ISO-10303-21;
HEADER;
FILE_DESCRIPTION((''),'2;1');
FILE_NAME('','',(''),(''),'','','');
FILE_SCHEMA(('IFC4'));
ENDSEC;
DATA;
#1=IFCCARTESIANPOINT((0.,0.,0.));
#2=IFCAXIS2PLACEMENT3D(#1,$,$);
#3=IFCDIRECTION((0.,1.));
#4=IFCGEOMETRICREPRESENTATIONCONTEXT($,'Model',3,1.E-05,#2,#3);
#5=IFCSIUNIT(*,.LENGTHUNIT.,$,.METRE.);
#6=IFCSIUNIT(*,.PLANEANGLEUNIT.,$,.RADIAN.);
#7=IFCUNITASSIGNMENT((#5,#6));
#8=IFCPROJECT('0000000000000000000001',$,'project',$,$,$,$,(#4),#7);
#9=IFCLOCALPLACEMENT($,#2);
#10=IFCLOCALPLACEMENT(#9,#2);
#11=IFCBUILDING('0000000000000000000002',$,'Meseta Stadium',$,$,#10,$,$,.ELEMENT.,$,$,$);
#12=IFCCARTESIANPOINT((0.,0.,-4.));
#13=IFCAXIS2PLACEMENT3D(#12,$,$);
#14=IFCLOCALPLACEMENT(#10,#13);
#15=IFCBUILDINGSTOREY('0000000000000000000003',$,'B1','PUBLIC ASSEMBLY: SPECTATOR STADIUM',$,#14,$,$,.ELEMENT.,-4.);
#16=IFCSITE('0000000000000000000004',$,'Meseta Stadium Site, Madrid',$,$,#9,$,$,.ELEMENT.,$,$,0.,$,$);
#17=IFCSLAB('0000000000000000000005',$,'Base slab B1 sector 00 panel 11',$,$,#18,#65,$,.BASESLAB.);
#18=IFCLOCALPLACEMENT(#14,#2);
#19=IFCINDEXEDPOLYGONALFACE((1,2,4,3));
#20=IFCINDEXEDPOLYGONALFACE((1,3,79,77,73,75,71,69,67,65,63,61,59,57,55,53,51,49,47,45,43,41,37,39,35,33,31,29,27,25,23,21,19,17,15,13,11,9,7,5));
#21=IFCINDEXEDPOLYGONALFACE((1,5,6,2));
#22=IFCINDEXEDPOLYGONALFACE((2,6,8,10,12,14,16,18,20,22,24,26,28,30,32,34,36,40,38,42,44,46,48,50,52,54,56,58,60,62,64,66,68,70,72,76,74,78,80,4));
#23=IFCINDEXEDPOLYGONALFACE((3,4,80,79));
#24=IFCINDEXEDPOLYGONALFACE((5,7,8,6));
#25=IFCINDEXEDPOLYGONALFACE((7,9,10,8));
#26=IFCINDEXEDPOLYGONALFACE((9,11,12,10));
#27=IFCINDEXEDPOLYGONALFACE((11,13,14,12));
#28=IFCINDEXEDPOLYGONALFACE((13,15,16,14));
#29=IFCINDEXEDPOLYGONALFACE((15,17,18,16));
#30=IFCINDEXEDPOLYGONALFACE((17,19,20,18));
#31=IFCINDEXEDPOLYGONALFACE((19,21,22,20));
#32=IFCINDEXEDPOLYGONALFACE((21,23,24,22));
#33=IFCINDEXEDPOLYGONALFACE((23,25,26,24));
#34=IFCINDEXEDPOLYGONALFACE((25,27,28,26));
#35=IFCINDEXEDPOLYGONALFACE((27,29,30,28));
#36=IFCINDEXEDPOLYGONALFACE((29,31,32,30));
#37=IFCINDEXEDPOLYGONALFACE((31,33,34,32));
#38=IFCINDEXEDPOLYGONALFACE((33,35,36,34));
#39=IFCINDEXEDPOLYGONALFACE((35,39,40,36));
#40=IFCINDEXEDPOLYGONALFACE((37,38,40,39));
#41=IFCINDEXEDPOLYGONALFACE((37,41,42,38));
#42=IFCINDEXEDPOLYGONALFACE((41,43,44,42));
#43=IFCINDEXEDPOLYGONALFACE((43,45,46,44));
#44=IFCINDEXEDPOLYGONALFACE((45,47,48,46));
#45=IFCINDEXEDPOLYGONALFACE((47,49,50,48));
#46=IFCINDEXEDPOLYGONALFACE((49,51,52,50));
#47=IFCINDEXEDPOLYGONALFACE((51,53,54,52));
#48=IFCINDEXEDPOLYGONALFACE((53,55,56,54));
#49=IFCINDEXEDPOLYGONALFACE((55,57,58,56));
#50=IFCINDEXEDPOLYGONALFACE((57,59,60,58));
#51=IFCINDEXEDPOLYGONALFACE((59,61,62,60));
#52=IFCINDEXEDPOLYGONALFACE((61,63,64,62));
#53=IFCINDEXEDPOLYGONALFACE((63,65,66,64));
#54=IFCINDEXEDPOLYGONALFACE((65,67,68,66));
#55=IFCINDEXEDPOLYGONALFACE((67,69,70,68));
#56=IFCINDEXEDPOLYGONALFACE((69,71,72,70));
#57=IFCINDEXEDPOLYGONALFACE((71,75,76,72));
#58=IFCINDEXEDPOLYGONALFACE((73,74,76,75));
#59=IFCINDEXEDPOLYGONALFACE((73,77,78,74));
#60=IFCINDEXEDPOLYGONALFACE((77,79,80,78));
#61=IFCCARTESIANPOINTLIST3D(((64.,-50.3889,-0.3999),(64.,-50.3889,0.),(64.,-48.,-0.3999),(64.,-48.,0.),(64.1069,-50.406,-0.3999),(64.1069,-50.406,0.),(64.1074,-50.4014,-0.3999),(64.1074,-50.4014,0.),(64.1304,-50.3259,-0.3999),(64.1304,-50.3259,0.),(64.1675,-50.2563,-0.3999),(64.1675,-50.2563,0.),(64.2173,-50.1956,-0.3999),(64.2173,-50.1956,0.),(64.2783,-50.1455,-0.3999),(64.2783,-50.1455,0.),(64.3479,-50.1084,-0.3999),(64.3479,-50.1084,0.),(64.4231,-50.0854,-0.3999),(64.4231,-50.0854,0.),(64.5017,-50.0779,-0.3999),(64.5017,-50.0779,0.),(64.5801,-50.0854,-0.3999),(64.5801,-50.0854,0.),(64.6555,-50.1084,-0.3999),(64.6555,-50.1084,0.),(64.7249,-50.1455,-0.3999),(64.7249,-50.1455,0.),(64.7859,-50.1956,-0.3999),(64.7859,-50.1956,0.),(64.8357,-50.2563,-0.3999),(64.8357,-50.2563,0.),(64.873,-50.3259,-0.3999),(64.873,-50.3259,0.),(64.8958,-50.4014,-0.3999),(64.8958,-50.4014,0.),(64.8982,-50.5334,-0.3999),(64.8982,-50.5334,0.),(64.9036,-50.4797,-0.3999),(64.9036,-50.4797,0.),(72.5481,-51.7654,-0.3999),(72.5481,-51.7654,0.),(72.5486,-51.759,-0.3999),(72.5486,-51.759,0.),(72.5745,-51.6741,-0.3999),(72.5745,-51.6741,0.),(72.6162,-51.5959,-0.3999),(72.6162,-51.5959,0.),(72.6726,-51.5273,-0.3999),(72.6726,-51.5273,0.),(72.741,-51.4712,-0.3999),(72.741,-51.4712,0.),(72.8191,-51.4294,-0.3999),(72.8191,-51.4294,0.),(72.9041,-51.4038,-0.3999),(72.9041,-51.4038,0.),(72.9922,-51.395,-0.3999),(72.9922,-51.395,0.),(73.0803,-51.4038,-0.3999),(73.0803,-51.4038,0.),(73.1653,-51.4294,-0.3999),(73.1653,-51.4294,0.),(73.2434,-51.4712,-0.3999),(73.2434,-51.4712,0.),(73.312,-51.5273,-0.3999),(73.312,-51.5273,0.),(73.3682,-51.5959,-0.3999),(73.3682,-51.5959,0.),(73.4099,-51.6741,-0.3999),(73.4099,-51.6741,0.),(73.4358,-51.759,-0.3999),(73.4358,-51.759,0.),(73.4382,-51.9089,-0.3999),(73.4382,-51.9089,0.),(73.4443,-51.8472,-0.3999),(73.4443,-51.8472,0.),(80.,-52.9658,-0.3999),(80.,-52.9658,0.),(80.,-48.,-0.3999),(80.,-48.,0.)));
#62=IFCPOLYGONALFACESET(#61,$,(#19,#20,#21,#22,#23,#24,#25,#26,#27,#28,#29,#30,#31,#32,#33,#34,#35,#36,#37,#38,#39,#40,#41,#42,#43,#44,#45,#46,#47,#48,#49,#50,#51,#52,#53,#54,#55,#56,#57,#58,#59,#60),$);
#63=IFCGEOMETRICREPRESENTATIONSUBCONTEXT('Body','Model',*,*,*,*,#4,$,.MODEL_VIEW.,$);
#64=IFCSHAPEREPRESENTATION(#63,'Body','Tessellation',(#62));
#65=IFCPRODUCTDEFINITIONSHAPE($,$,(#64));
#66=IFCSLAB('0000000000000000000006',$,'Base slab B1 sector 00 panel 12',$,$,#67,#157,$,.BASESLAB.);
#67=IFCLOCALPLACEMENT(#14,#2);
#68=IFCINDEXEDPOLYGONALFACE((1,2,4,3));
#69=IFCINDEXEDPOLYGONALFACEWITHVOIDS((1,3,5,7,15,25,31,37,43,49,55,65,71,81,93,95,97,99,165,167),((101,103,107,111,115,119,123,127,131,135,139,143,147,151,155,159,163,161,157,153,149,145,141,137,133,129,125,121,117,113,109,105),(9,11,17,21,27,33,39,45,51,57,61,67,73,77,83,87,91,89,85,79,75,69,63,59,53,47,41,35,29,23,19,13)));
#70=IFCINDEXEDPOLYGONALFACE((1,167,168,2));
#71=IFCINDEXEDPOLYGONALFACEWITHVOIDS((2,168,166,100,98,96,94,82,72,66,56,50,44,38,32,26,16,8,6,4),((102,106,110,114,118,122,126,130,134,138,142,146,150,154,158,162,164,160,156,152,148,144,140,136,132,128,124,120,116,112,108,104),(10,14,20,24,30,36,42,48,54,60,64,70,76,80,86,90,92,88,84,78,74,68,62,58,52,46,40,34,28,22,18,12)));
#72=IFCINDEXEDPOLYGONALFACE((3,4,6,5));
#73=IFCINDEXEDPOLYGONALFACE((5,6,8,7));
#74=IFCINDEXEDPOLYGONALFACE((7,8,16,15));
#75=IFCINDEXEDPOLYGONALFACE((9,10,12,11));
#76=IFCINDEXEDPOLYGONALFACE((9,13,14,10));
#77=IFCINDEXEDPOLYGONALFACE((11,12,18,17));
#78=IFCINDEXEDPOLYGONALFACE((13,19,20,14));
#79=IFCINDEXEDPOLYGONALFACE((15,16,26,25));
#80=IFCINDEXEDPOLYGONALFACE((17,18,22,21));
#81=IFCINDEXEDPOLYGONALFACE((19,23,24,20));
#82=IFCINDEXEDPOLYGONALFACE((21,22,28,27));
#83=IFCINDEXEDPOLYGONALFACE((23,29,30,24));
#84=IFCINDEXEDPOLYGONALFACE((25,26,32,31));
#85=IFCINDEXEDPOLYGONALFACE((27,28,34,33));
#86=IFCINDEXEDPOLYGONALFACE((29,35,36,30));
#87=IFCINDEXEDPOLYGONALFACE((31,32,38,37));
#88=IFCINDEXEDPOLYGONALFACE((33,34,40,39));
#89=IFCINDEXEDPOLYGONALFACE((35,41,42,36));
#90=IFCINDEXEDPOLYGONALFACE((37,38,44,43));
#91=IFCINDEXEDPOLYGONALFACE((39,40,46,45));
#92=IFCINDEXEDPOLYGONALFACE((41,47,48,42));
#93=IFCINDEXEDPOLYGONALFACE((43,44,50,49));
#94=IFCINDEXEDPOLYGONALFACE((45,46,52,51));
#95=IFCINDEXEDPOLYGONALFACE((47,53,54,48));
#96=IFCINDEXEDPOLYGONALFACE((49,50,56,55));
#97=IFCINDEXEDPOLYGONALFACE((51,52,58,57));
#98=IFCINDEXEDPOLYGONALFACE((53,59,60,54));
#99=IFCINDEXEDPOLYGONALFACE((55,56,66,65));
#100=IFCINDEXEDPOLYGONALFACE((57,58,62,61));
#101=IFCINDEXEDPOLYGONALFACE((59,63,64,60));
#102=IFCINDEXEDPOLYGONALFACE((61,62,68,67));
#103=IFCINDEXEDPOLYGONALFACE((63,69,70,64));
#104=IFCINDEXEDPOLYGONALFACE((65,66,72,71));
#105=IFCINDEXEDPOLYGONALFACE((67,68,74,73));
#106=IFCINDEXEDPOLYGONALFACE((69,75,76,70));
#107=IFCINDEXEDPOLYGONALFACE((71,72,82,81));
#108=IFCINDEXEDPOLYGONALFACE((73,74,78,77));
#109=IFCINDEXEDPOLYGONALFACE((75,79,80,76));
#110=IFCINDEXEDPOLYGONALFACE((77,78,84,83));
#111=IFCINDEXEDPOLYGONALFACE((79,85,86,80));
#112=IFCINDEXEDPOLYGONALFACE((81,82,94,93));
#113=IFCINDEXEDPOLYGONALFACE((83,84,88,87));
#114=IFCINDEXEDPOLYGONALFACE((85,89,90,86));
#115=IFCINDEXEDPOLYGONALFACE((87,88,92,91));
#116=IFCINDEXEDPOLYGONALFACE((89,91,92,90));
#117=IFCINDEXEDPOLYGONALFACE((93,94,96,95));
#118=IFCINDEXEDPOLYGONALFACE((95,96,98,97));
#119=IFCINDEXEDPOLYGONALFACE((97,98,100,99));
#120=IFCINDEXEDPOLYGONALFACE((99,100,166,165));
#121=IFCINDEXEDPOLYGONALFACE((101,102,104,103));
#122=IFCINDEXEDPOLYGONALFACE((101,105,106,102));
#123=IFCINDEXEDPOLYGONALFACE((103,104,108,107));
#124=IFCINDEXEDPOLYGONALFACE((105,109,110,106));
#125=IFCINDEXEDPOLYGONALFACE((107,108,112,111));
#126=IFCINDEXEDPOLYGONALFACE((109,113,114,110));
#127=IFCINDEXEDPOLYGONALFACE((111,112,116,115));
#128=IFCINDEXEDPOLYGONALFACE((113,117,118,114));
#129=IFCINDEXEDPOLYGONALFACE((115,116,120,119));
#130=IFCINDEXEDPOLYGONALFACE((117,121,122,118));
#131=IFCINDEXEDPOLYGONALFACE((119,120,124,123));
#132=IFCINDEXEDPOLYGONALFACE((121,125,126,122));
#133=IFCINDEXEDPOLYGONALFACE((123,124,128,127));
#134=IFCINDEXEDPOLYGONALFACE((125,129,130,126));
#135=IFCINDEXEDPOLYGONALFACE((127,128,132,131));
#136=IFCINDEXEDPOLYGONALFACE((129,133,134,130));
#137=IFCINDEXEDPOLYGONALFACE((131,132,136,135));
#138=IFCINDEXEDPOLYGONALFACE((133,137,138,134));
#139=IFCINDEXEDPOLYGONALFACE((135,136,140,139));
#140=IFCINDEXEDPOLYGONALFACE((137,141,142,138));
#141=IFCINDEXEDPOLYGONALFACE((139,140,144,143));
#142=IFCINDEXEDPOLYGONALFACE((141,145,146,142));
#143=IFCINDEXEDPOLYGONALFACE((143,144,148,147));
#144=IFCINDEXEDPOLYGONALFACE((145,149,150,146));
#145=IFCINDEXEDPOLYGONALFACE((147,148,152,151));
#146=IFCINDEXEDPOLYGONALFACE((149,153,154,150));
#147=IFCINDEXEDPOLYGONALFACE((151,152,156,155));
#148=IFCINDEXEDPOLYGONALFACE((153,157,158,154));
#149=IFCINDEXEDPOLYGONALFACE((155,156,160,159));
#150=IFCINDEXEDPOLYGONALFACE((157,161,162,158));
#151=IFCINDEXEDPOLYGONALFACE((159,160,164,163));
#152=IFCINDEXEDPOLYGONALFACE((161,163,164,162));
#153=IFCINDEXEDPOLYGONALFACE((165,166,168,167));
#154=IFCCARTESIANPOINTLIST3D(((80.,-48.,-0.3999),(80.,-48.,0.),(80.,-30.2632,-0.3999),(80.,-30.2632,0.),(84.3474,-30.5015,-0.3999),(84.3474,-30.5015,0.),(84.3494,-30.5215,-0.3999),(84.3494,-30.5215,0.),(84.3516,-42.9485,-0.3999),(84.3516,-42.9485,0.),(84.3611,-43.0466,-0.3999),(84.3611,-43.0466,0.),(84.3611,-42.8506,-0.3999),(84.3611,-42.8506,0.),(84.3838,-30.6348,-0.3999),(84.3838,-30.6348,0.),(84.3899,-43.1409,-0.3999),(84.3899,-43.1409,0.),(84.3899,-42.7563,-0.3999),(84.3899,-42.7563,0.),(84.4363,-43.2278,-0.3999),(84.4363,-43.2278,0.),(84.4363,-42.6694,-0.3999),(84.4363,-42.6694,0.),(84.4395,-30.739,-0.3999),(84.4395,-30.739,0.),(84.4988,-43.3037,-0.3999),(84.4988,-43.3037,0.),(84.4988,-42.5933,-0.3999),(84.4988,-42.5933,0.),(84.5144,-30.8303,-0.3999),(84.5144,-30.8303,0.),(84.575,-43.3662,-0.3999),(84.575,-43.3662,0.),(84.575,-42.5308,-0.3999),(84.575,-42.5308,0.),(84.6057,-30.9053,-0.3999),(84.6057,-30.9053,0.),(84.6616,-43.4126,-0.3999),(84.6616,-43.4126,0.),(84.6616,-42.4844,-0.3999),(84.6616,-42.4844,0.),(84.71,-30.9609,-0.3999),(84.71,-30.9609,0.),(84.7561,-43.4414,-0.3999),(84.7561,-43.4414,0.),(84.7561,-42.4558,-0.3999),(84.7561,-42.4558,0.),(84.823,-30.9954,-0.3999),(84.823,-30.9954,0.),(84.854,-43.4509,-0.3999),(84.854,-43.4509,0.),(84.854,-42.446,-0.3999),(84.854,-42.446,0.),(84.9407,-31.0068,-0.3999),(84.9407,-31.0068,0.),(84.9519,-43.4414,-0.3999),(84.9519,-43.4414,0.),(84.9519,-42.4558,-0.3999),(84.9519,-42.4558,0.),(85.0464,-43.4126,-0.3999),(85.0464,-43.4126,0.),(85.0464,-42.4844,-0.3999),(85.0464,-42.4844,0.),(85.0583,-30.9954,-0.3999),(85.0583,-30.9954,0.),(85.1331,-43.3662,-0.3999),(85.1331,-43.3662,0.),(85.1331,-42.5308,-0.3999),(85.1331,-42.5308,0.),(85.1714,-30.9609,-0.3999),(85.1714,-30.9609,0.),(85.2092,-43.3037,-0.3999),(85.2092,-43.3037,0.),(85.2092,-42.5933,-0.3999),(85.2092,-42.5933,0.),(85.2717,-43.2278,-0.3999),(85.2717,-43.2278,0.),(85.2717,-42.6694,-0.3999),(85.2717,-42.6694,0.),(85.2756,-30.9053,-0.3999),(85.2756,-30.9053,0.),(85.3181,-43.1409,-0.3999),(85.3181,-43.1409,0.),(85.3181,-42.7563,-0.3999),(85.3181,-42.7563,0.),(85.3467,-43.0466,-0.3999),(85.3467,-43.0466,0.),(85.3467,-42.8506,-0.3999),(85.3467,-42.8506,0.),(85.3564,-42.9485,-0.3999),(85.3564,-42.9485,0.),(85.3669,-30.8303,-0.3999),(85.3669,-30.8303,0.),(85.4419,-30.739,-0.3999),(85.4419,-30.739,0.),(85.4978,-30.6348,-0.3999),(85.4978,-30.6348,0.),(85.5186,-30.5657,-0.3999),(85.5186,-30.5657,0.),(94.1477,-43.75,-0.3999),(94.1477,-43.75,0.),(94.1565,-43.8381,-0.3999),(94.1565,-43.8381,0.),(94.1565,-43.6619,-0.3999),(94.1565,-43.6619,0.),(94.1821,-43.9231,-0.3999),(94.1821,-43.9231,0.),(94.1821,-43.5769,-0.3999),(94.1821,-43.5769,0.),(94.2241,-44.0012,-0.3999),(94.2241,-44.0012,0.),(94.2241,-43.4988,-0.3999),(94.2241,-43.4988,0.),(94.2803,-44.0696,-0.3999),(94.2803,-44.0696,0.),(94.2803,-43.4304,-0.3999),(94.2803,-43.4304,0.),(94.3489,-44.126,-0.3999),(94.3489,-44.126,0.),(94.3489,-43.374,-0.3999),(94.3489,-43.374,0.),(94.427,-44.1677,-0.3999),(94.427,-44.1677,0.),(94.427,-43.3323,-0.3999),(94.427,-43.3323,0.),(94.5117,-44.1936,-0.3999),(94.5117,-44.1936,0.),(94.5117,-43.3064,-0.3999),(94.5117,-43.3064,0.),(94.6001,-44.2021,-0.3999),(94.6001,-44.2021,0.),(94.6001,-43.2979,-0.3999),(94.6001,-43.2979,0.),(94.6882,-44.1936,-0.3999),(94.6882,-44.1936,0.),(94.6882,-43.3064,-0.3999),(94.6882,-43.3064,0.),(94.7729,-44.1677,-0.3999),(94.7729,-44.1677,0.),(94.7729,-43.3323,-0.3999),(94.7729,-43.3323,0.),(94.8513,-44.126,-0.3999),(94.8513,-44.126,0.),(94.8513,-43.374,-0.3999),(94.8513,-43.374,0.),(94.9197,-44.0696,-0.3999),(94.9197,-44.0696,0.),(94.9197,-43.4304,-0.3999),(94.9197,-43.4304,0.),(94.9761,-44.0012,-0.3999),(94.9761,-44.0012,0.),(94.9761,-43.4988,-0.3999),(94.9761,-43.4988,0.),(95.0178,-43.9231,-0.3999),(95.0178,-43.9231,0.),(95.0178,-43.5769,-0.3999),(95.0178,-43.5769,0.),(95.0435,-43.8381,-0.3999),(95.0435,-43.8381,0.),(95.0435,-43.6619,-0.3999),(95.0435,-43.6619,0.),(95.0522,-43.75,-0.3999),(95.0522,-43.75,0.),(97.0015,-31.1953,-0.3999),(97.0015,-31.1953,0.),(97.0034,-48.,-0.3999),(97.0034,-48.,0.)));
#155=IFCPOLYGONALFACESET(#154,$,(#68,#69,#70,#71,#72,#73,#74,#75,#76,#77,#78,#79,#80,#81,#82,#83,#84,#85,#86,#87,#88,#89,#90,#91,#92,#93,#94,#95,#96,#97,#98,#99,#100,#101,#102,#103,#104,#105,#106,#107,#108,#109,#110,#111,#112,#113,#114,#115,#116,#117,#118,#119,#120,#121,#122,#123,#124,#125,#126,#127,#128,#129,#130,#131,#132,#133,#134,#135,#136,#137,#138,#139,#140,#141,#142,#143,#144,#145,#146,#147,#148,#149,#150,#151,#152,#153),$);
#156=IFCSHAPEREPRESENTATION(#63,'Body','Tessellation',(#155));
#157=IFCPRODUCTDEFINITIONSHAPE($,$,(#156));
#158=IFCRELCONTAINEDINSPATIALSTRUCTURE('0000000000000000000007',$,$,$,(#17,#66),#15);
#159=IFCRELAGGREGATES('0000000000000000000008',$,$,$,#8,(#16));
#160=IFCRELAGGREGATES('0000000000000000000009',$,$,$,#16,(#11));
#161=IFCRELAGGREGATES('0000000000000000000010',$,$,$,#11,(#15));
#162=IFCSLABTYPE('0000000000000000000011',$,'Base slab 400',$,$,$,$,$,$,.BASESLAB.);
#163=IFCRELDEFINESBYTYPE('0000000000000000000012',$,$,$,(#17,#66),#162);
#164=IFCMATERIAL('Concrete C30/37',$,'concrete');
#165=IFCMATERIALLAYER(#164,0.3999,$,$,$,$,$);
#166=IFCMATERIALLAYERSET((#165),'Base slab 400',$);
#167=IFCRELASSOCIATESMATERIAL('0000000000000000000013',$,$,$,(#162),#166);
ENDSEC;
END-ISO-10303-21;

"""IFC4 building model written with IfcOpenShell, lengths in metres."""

from ifc_helpers import new_model, si_unit, direction, frame, origin, place, context, subcontext, project, spatial, polyline, outline, extrude, material, layer, layer_set, type_object, element, save


model = new_model("IFC4")

# Units and contexts
model_context = context("Model", 3, precision=1e-05, world=origin(), true_north=direction((0.0, 1.0)))
body_context = subcontext(model_context, "Body", "Model", "MODEL_VIEW")
ifc_project = project(units=[si_unit("LENGTHUNIT", "METRE"), si_unit("PLANEANGLEUNIT", "RADIAN")], contexts=[model_context])

# Site, building, storey
site_placement = place(None, origin())
site = spatial("IfcSite", under=ifc_project, at=site_placement, Name="Meseta Stadium Site, Madrid", CompositionType="ELEMENT", RefElevation=0.0)
building_placement = place(site_placement, origin())
building = spatial("IfcBuilding", under=site, at=building_placement, Name="Meseta Stadium", CompositionType="ELEMENT")
storey_placement = place(building_placement, frame((0.0, 0.0, -4.0)))
storey = spatial("IfcBuildingStorey", under=building, at=storey_placement, Name="B1", Description="PUBLIC ASSEMBLY: SPECTATOR STADIUM", CompositionType="ELEMENT", Elevation=-4.0)

# Slabs
ifc_material_1 = material(Name="Concrete C30/37", Category="concrete")
ifc_layer_1 = layer(ifc_material_1, 0.3999)
ifc_layer_set_1 = layer_set([ifc_layer_1], Name="Base slab 400")
slab_type = type_object("IfcSlabType", Name="Base slab 400", PredefinedType="BASESLAB", material=ifc_layer_set_1)
slab_1_placement = place(storey_placement, frame((0.0, 0.0, -0.3999)))
element("IfcSlab", 1, at=slab_1_placement, inside=storey, type_object=slab_type, Name="Base slab B1 sector 00 panel 11", PredefinedType="BASESLAB", context=body_context, shape_type="SweptSolid", body=[
    extrude(outline(polyline([(73.4443, -51.8472), (73.4382, -51.9089), (80.0, -52.9658), (80.0, -48.0), (64.0, -48.0), (64.0, -50.3889), (64.1069, -50.406), (64.1074, -50.4014), (64.1304, -50.3259), (64.1675, -50.2563), (64.2173, -50.1956), (64.2783, -50.1455), (64.3479, -50.1084), (64.4231, -50.0854), (64.5017, -50.0779), (64.5801, -50.0854), (64.6555, -50.1084), (64.7249, -50.1455), (64.7859, -50.1956), (64.8357, -50.2563), (64.873, -50.3259), (64.8958, -50.4014), (64.9036, -50.4797), (64.8982, -50.5334), (72.5481, -51.7654), (72.5486, -51.759), (72.5745, -51.6741), (72.6162, -51.5959), (72.6726, -51.5273), (72.741, -51.4712), (72.8191, -51.4294), (72.9041, -51.4038), (72.9922, -51.395), (73.0803, -51.4038), (73.1653, -51.4294), (73.2434, -51.4712), (73.312, -51.5273), (73.3682, -51.5959), (73.4099, -51.6741), (73.4358, -51.759), (73.4443, -51.8472)])), origin(), (0.0, 0.0, 1.0), 0.3999),
])
slab_2_placement = place(storey_placement, frame((0.0, 0.0, -0.3999)))
element("IfcSlab", 2, at=slab_2_placement, inside=storey, type_object=slab_type, Name="Base slab B1 sector 00 panel 12", PredefinedType="BASESLAB", context=body_context, shape_type="SweptSolid", body=[
    extrude(outline(polyline([(85.3669, -30.8303), (85.2756, -30.9053), (85.1714, -30.9609), (85.0583, -30.9954), (84.9407, -31.0068), (84.823, -30.9954), (84.71, -30.9609), (84.6057, -30.9053), (84.5144, -30.8303), (84.4395, -30.739), (84.3838, -30.6348), (84.3494, -30.5215), (84.3474, -30.5015), (80.0, -30.2632), (80.0, -48.0), (97.0034, -48.0), (97.0015, -31.1953), (85.5186, -30.5657), (85.4978, -30.6348), (85.4419, -30.739), (85.3669, -30.8303)]), holes=[polyline([(94.7729, -43.3323), (94.8513, -43.374), (94.9197, -43.4304), (94.9761, -43.4988), (95.0178, -43.5769), (95.0435, -43.6619), (95.0522, -43.75), (95.0435, -43.8381), (95.0178, -43.9231), (94.9761, -44.0012), (94.9197, -44.0696), (94.8513, -44.126), (94.7729, -44.1677), (94.6882, -44.1936), (94.6001, -44.2021), (94.5117, -44.1936), (94.427, -44.1677), (94.3489, -44.126), (94.2803, -44.0696), (94.2241, -44.0012), (94.1821, -43.9231), (94.1565, -43.8381), (94.1477, -43.75), (94.1565, -43.6619), (94.1821, -43.5769), (94.2241, -43.4988), (94.2803, -43.4304), (94.3489, -43.374), (94.427, -43.3323), (94.5117, -43.3064), (94.6001, -43.2979), (94.6882, -43.3064), (94.7729, -43.3323)]), polyline([(85.1331, -42.5308), (85.2092, -42.5933), (85.2717, -42.6694), (85.3181, -42.7563), (85.3467, -42.8506), (85.3564, -42.9485), (85.3467, -43.0466), (85.3181, -43.1409), (85.2717, -43.2278), (85.2092, -43.3037), (85.1331, -43.3662), (85.0464, -43.4126), (84.9519, -43.4414), (84.854, -43.4509), (84.7561, -43.4414), (84.6616, -43.4126), (84.575, -43.3662), (84.4988, -43.3037), (84.4363, -43.2278), (84.3899, -43.1409), (84.3611, -43.0466), (84.3516, -42.9485), (84.3611, -42.8506), (84.3899, -42.7563), (84.4363, -42.6694), (84.4988, -42.5933), (84.575, -42.5308), (84.6616, -42.4844), (84.7561, -42.4558), (84.854, -42.446), (84.9519, -42.4558), (85.0464, -42.4844), (85.1331, -42.5308)])]), origin(), (0.0, 0.0, 1.0), 0.3999),
])

save(model, "model.ifc")
